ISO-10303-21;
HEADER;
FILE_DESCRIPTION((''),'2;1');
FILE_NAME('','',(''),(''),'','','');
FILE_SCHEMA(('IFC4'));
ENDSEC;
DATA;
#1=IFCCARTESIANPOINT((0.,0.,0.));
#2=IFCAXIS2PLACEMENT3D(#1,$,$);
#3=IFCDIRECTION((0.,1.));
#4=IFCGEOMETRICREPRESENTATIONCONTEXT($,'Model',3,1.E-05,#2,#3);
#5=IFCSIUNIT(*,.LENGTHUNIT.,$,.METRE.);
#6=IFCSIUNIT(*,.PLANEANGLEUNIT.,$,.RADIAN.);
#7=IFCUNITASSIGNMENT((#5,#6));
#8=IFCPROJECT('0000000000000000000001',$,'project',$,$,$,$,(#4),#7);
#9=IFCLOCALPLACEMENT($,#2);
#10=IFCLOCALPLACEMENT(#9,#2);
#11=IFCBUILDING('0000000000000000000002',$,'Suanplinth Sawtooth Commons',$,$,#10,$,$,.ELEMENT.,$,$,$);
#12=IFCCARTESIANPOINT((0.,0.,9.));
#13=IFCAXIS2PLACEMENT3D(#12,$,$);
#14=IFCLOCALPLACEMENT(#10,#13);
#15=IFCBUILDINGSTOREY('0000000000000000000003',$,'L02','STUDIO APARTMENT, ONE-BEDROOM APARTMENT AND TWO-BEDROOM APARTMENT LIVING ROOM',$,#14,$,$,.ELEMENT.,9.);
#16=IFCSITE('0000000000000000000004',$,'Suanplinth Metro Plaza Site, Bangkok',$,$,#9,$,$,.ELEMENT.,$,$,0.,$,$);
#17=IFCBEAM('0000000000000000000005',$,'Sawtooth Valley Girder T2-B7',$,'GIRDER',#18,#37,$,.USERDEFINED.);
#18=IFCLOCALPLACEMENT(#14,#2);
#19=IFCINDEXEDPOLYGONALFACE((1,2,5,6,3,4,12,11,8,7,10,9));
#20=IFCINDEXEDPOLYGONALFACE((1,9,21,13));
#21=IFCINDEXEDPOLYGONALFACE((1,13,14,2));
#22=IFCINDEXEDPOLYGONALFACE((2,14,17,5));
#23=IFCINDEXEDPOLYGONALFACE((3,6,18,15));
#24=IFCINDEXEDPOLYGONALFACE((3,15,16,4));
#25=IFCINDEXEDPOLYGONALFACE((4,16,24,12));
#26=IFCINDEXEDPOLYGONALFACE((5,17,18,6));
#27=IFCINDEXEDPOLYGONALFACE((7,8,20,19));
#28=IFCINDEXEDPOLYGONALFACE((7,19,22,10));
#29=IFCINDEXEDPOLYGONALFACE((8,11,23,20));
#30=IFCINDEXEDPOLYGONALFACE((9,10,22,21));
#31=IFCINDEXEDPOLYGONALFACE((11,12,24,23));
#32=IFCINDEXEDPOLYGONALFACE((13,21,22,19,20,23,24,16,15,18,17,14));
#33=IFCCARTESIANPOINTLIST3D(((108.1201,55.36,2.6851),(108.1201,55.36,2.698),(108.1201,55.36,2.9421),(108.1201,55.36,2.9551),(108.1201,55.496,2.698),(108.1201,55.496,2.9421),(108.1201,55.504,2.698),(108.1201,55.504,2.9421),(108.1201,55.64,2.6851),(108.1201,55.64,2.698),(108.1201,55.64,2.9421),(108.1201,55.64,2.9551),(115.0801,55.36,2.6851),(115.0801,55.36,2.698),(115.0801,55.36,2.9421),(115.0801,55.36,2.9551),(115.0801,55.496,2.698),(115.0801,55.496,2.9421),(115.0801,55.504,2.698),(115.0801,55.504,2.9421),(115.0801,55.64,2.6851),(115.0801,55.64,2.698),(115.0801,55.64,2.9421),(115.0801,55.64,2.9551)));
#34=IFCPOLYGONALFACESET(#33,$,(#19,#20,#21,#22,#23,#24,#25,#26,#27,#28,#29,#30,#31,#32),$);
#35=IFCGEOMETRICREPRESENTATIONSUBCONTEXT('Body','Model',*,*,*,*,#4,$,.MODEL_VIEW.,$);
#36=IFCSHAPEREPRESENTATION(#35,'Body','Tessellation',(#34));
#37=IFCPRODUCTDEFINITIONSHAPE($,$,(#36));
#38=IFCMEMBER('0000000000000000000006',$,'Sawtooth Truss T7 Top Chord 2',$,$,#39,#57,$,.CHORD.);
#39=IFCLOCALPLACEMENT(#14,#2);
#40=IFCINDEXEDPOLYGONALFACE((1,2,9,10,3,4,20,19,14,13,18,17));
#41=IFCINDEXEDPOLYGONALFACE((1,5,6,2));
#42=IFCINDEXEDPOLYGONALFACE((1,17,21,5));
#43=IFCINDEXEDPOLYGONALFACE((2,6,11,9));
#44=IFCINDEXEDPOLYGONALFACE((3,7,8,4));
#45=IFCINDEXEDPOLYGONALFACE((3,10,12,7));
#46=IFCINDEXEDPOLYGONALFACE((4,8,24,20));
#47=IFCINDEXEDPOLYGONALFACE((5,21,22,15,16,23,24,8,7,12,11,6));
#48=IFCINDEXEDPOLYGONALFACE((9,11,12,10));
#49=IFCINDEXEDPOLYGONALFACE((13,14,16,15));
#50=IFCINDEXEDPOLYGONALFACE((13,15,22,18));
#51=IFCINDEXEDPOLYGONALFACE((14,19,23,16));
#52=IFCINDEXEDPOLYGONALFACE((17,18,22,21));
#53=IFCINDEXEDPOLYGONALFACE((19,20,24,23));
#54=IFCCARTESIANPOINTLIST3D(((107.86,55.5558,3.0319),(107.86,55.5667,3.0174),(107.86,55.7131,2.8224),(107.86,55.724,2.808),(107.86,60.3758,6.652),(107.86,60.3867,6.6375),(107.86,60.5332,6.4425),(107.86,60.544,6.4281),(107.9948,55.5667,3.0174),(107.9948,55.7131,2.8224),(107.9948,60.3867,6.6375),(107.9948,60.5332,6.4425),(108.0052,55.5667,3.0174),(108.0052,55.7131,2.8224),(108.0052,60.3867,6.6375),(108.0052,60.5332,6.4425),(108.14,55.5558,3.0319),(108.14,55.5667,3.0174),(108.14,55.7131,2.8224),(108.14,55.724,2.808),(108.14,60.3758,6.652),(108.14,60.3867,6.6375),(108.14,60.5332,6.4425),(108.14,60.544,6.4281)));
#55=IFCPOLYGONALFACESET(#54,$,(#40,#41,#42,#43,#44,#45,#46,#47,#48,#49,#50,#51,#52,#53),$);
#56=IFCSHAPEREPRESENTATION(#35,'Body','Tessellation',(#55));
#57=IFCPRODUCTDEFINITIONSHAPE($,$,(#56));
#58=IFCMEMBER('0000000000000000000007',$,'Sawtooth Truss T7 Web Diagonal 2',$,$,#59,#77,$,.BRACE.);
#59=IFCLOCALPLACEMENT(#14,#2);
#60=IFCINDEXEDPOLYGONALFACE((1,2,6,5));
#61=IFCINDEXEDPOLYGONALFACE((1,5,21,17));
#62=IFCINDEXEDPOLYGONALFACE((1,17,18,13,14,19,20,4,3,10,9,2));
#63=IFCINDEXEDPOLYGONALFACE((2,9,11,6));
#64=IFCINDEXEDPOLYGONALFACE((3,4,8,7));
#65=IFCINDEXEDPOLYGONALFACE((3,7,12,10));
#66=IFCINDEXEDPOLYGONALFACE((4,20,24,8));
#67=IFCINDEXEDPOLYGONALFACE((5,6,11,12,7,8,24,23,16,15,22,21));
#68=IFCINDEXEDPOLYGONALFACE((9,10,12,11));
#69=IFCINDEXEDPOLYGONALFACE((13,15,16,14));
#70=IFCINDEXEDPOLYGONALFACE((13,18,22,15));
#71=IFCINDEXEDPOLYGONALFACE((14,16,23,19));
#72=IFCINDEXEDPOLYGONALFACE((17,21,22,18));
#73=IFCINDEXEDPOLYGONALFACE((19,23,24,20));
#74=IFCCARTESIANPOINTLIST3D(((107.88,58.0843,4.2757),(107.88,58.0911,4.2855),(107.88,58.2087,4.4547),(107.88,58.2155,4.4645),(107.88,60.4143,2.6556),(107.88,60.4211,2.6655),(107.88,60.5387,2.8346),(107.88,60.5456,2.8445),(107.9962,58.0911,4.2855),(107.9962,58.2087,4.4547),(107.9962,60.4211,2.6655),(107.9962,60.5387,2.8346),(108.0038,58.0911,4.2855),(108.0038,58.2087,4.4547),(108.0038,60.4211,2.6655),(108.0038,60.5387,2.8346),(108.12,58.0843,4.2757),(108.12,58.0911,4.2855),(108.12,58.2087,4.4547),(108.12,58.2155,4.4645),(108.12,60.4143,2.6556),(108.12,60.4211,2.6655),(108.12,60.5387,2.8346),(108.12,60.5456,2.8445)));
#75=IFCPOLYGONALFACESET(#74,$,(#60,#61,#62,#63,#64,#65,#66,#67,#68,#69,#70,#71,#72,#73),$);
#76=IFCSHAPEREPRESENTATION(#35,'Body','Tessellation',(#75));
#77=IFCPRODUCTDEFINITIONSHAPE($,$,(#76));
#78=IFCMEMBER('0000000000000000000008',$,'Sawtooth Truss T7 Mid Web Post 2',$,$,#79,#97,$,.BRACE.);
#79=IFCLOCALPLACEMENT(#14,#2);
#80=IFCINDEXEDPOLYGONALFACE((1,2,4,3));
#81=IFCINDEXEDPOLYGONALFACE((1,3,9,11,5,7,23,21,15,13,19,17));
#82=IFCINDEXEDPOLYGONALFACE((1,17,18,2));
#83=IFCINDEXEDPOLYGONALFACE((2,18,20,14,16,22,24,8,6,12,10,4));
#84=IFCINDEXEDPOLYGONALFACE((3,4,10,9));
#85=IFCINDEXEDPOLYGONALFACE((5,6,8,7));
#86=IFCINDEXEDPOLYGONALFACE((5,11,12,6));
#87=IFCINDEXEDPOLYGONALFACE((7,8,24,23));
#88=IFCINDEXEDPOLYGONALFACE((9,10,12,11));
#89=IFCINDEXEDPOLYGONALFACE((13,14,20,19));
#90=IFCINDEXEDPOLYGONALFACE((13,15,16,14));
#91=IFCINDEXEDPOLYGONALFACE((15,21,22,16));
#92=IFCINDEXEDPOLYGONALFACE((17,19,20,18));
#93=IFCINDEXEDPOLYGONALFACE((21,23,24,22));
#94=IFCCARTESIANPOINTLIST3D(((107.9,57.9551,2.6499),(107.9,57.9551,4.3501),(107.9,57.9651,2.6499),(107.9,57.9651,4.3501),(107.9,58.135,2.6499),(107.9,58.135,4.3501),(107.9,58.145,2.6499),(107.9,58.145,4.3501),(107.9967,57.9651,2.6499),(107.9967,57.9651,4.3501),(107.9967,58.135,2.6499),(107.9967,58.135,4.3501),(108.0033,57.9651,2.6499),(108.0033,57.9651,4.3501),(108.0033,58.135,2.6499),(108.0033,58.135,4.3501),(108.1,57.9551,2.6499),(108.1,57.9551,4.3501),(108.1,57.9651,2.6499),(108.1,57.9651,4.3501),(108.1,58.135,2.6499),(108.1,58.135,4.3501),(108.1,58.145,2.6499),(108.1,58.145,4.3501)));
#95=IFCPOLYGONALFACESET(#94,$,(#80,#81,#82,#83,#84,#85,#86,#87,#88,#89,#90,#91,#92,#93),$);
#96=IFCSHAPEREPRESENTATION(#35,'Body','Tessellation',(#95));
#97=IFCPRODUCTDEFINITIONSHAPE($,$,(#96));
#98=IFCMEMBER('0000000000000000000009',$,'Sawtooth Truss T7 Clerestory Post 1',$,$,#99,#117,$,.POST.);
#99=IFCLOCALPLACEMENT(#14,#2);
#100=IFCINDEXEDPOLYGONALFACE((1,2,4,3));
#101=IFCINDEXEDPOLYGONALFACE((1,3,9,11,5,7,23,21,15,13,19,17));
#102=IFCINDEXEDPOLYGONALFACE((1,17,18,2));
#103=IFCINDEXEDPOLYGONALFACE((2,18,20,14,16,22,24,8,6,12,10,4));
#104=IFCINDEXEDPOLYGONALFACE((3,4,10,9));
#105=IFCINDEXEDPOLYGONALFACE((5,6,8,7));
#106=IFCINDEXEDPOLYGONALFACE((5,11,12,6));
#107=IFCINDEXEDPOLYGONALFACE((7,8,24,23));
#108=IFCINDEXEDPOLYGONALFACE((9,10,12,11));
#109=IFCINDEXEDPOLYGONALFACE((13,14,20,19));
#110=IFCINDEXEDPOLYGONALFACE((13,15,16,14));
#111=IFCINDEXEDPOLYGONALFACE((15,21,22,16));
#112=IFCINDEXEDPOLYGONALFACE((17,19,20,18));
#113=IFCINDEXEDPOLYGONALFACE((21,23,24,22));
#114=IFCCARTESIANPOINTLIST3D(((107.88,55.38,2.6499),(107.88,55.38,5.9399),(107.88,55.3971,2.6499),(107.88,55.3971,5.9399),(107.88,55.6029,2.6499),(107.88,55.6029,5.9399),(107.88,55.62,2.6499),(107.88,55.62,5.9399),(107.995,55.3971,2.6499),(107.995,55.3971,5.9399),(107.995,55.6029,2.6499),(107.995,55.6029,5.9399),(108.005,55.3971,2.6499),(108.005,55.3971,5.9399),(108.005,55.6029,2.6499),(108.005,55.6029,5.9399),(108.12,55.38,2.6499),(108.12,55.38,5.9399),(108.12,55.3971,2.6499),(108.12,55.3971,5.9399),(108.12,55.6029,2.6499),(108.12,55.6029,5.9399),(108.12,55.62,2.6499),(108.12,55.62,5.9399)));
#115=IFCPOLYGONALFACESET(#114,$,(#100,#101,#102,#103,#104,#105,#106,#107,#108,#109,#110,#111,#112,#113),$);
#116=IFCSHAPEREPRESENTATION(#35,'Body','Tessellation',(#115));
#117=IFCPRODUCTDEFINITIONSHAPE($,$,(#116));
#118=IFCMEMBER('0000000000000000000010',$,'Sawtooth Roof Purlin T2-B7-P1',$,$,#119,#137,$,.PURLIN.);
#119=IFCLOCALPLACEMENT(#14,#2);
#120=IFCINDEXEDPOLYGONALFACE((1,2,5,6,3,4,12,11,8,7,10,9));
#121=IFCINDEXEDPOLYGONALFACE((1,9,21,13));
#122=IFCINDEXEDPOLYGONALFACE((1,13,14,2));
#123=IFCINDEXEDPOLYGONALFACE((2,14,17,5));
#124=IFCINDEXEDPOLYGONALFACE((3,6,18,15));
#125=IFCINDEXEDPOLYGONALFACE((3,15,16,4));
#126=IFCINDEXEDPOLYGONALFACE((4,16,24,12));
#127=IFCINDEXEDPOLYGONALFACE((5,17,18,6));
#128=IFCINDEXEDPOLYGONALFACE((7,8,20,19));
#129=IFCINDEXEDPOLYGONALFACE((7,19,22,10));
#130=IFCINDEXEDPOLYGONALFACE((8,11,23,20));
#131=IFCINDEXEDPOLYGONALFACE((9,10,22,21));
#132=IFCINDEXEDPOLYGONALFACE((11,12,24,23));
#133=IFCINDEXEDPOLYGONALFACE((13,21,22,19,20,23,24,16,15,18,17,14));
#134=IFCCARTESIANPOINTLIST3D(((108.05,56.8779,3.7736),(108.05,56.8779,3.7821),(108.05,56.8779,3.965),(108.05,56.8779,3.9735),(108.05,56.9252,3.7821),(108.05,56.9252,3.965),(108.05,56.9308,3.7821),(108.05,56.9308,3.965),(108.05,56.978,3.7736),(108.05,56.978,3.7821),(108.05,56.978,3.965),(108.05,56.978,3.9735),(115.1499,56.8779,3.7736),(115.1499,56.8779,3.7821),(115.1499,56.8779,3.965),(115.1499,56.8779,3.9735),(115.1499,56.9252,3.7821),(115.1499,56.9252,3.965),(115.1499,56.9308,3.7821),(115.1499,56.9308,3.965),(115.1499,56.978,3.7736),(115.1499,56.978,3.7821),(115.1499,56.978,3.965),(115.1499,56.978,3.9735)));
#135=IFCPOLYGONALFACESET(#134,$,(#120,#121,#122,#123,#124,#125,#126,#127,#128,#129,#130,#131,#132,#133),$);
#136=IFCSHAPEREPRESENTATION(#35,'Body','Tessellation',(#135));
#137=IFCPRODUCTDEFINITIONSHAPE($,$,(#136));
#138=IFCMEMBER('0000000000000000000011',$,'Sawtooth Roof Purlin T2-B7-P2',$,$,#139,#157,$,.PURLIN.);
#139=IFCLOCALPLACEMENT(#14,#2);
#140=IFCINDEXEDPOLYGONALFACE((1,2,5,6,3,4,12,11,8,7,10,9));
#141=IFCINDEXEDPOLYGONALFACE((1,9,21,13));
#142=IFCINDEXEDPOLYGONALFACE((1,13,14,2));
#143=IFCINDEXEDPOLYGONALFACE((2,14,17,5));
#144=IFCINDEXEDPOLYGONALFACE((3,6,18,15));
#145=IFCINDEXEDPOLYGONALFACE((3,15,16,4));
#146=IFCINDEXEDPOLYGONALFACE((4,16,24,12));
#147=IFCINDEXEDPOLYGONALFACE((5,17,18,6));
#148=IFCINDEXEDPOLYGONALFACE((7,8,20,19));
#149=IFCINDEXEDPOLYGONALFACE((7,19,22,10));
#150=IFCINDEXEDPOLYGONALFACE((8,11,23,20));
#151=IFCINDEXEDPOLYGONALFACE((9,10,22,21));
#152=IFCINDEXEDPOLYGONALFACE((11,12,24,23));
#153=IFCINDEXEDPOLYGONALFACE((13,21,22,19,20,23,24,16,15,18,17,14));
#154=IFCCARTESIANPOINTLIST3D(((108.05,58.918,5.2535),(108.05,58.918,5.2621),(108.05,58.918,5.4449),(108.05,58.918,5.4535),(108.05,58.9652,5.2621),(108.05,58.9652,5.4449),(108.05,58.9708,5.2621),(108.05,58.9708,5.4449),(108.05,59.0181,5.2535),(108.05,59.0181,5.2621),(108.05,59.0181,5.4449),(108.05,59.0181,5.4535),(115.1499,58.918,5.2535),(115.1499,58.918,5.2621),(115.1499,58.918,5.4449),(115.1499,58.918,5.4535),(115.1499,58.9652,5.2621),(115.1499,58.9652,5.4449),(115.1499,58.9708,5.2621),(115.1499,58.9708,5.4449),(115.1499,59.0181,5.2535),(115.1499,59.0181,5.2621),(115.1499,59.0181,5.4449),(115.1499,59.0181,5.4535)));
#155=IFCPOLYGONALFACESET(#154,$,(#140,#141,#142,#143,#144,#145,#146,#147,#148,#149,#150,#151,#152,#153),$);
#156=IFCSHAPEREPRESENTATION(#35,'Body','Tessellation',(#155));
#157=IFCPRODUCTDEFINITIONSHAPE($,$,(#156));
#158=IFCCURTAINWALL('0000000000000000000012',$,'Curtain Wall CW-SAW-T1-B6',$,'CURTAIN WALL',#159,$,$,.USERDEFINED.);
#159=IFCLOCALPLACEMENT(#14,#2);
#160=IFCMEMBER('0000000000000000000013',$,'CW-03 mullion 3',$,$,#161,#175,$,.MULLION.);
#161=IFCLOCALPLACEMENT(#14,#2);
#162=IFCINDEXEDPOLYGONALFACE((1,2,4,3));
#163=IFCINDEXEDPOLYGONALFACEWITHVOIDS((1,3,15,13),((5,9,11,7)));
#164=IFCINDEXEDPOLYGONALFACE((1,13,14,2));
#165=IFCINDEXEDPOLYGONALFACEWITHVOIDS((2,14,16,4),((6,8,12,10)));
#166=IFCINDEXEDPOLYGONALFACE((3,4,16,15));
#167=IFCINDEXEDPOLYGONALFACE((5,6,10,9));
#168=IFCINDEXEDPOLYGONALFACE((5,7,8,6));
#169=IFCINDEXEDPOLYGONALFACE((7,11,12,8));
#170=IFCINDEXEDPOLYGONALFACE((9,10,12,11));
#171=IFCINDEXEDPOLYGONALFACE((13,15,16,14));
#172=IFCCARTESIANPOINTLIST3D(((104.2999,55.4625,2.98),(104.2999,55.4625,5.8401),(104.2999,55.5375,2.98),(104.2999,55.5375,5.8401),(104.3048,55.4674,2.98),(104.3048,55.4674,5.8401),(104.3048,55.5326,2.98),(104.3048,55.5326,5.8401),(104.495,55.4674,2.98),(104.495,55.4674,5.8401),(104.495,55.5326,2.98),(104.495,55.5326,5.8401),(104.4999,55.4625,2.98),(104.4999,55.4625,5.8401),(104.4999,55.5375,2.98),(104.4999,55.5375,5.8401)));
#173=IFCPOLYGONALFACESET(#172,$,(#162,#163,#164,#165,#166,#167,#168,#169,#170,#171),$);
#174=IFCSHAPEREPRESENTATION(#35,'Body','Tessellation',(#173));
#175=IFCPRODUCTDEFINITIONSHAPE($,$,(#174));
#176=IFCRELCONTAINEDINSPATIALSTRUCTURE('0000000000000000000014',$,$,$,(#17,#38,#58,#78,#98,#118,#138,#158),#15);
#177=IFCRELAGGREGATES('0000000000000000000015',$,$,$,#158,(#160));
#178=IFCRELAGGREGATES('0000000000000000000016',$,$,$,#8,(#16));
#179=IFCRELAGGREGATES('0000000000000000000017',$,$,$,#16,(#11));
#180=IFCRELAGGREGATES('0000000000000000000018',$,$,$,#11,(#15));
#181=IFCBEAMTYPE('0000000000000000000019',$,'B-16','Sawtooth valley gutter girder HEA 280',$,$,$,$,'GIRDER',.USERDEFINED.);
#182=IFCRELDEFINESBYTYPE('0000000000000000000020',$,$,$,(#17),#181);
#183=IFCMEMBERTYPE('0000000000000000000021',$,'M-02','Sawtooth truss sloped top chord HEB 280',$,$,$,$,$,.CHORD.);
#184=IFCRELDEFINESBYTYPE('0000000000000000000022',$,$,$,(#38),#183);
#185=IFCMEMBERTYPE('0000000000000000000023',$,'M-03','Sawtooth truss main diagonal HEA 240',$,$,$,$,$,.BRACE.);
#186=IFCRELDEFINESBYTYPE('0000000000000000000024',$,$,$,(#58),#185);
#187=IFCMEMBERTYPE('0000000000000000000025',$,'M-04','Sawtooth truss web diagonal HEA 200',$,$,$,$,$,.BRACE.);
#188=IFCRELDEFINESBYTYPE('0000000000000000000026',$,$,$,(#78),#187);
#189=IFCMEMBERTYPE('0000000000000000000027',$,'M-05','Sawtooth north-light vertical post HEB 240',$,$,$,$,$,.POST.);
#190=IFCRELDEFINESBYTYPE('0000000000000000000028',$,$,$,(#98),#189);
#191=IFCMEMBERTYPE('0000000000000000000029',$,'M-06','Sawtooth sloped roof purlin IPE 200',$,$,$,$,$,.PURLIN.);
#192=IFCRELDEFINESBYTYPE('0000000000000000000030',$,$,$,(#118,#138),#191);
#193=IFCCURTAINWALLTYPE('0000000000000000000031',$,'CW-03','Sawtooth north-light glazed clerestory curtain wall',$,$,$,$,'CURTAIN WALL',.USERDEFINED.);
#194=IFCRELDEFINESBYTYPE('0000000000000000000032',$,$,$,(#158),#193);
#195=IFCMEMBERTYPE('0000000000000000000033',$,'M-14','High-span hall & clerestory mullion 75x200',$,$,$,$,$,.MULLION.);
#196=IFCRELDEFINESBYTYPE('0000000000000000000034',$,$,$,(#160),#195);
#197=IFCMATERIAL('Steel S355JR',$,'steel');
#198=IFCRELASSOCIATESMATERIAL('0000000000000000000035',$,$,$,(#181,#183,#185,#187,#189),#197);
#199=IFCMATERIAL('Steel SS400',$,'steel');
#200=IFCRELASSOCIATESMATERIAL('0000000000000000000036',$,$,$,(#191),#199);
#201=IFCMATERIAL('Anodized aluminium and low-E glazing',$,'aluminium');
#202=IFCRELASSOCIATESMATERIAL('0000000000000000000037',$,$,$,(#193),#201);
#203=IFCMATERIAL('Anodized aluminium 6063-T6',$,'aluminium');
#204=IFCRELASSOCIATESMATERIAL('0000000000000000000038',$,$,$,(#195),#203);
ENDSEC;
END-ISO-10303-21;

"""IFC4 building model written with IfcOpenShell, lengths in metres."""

from ifc_helpers import new_model, si_unit, direction, frame, origin, origin_2d, place, context, subcontext, project, spatial, hollow_rectangle, i_section, extrude, material, material_profile, profile_set, type_object, element, aggregate, save


model = new_model("IFC4")

# Units and contexts
model_context = context("Model", 3, precision=1e-05, world=origin(), true_north=direction((0.0, 1.0)))
body_context = subcontext(model_context, "Body", "Model", "MODEL_VIEW")
ifc_project = project(units=[si_unit("LENGTHUNIT", "METRE"), si_unit("PLANEANGLEUNIT", "RADIAN")], contexts=[model_context])

# Site, building, storey
site_placement = place(None, origin())
site = spatial("IfcSite", under=ifc_project, at=site_placement, Name="Suanplinth Metro Plaza Site, Bangkok", CompositionType="ELEMENT", RefElevation=0.0)
building_placement = place(site_placement, origin())
building = spatial("IfcBuilding", under=site, at=building_placement, Name="Suanplinth Sawtooth Commons", CompositionType="ELEMENT")
storey_placement = place(building_placement, frame((0.0, 0.0, 9.0)))
storey = spatial("IfcBuildingStorey", under=building, at=storey_placement, Name="L02", Description="STUDIO APARTMENT, ONE-BEDROOM APARTMENT AND TWO-BEDROOM APARTMENT LIVING ROOM", CompositionType="ELEMENT", Elevation=9.0)

# Beam
ifc_material_1 = material(Name="Steel S355JR", Category="steel")
ifc_material_profile_1 = material_profile(ifc_material_1, i_section(OverallWidth=0.28, OverallDepth=0.27, WebThickness=0.0081, FlangeThickness=0.0129, at=origin_2d()), Name="HEA 280")
ifc_profile_set_1 = profile_set([ifc_material_profile_1], Name="Steel S355JR")
beam_type = type_object("IfcBeamType", Name="B-16", Description="Sawtooth valley gutter girder HEA 280", ElementType="GIRDER", PredefinedType="USERDEFINED", material=ifc_profile_set_1)
beam_placement = place(storey_placement, frame((108.1201, 55.5, 2.8201), z_axis=(1.0, 0.0, 0.0), x_axis=(0.0, 1.0, 0.0)))
element("IfcBeam", 1, at=beam_placement, inside=storey, type_object=beam_type, Name="Sawtooth Valley Girder T2-B7", ObjectType="GIRDER", PredefinedType="USERDEFINED", context=body_context, shape_type="SweptSolid", body=[
    extrude(i_section(OverallWidth=0.28, OverallDepth=0.27, WebThickness=0.0081, FlangeThickness=0.0129, at=origin_2d()), origin(), (0.0, 0.0, 1.0), 6.96),
])

# Members
ifc_material_profile_2 = material_profile(ifc_material_1, i_section(OverallWidth=0.28, OverallDepth=0.28, WebThickness=0.0105, FlangeThickness=0.0181, at=origin_2d()), Name="HEB 280")
ifc_profile_set_2 = profile_set([ifc_material_profile_2], Name="Steel S355JR")
member_type_1 = type_object("IfcMemberType", Name="M-02", Description="Sawtooth truss sloped top chord HEB 280", PredefinedType="CHORD", material=ifc_profile_set_2)
member_1_placement = place(storey_placement, frame((108.0, 55.6399, 2.9199), z_axis=(0.0, 0.799596, 0.600538), x_axis=(-1.0, 0.0, 0.0)))
element("IfcMember", 2, at=member_1_placement, inside=storey, type_object=member_type_1, Name="Sawtooth Truss T7 Top Chord 2", PredefinedType="CHORD", context=body_context, shape_type="SweptSolid", body=[
    extrude(i_section(OverallWidth=0.28, OverallDepth=0.28, WebThickness=0.0105, FlangeThickness=0.0181, at=origin_2d()), origin(), (0.0, 0.0, 1.0), 6.0281),
])
ifc_material_profile_3 = material_profile(ifc_material_1, i_section(OverallWidth=0.24, OverallDepth=0.23, WebThickness=0.0076, FlangeThickness=0.012, at=origin_2d()), Name="HEA 240")
ifc_profile_set_3 = profile_set([ifc_material_profile_3], Name="Steel S355JR")
member_type_2 = type_object("IfcMemberType", Name="M-03", Description="Sawtooth truss main diagonal HEA 240", PredefinedType="BRACE", material=ifc_profile_set_3)
member_2_placement = place(storey_placement, frame((108.0, 58.1499, 4.3701), z_axis=(0.0, 0.821038, -0.570873), x_axis=(-1.0, 0.0, 0.0)))
element("IfcMember", 3, at=member_2_placement, inside=storey, type_object=member_type_2, Name="Sawtooth Truss T7 Web Diagonal 2", PredefinedType="BRACE", context=body_context, shape_type="SweptSolid", body=[
    extrude(i_section(OverallWidth=0.24, OverallDepth=0.23, WebThickness=0.0076, FlangeThickness=0.012, at=origin_2d()), origin(), (0.0, 0.0, 1.0), 2.8379),
])
ifc_material_profile_4 = material_profile(ifc_material_1, i_section(OverallWidth=0.2, OverallDepth=0.1899, WebThickness=0.0066, FlangeThickness=0.01, at=origin_2d()), Name="HEA 200")
ifc_profile_set_4 = profile_set([ifc_material_profile_4], Name="Steel S355JR")
member_type_3 = type_object("IfcMemberType", Name="M-04", Description="Sawtooth truss web diagonal HEA 200", PredefinedType="BRACE", material=ifc_profile_set_4)
member_3_placement = place(storey_placement, frame((108.0, 58.05, 2.6499), z_axis=(0.0, 0.0, 1.0), x_axis=(1.0, 0.0, 0.0)))
element("IfcMember", 4, at=member_3_placement, inside=storey, type_object=member_type_3, Name="Sawtooth Truss T7 Mid Web Post 2", PredefinedType="BRACE", context=body_context, shape_type="SweptSolid", body=[
    extrude(i_section(OverallWidth=0.2, OverallDepth=0.1899, WebThickness=0.0066, FlangeThickness=0.01, at=origin_2d()), origin(), (0.0, 0.0, 1.0), 1.7002),
])
ifc_material_profile_5 = material_profile(ifc_material_1, i_section(OverallWidth=0.24, OverallDepth=0.24, WebThickness=0.01, FlangeThickness=0.0171, at=origin_2d()), Name="HEB 240")
ifc_profile_set_5 = profile_set([ifc_material_profile_5], Name="Steel S355JR")
member_type_4 = type_object("IfcMemberType", Name="M-05", Description="Sawtooth north-light vertical post HEB 240", PredefinedType="POST", material=ifc_profile_set_5)
member_4_placement = place(storey_placement, frame((108.0, 55.5, 2.6499), z_axis=(0.0, 0.0, 1.0), x_axis=(1.0, 0.0, 0.0)))
element("IfcMember", 5, at=member_4_placement, inside=storey, type_object=member_type_4, Name="Sawtooth Truss T7 Clerestory Post 1", PredefinedType="POST", context=body_context, shape_type="SweptSolid", body=[
    extrude(i_section(OverallWidth=0.24, OverallDepth=0.24, WebThickness=0.01, FlangeThickness=0.0171, at=origin_2d()), origin(), (0.0, 0.0, 1.0), 3.29),
])
ifc_material_2 = material(Name="Steel SS400", Category="steel")
ifc_material_profile_6 = material_profile(ifc_material_2, i_section(OverallWidth=0.1001, OverallDepth=0.2, WebThickness=0.0056, FlangeThickness=0.0085, at=origin_2d()), Name="IPE 200")
ifc_profile_set_6 = profile_set([ifc_material_profile_6], Name="Steel SS400")
member_type_5 = type_object("IfcMemberType", Name="M-06", Description="Sawtooth sloped roof purlin IPE 200", PredefinedType="PURLIN", material=ifc_profile_set_6)
for number, where, z_axis, x_axis, name in (
    (6, (108.05, 56.928, 3.8735), (1.0, 0.0, 0.0), (0.0, 1.0, 0.0), "Sawtooth Roof Purlin T2-B7-P1"),
    (7, (108.05, 58.968, 5.3535), (1.0, 0.0, 0.0), (0.0, 1.0, 0.0), "Sawtooth Roof Purlin T2-B7-P2"),
):
    element("IfcMember", number, at=place(storey_placement, frame(where, z_axis=z_axis, x_axis=x_axis)), inside=storey, type_object=member_type_5, Name=name, PredefinedType="PURLIN", context=body_context, shape_type="SweptSolid", body=[
        extrude(i_section(OverallWidth=0.1001, OverallDepth=0.2, WebThickness=0.0056, FlangeThickness=0.0085, at=origin_2d()), origin(), (0.0, 0.0, 1.0), 7.0999),
    ])

# Curtain wall, member
ifc_material_3 = material(Name="Anodized aluminium and low-E glazing", Category="aluminium")
curtain_wall_type = type_object("IfcCurtainWallType", Name="CW-03", Description="Sawtooth north-light glazed clerestory curtain wall", ElementType="CURTAIN WALL", PredefinedType="USERDEFINED", material=ifc_material_3)
curtain_wall_1_placement = place(storey_placement, origin())
curtain_wall_1 = element("IfcCurtainWall", 8, at=curtain_wall_1_placement, inside=storey, type_object=curtain_wall_type, Name="Curtain Wall CW-SAW-T1-B6", ObjectType="CURTAIN WALL", PredefinedType="USERDEFINED")
ifc_material_4 = material(Name="Anodized aluminium 6063-T6", Category="aluminium")
ifc_material_profile_7 = material_profile(ifc_material_4, hollow_rectangle(XDim=0.075, YDim=0.2, WallThickness=0.0049, at=origin_2d()), Name="ALU-MUL 75x200")
ifc_profile_set_7 = profile_set([ifc_material_profile_7], Name="Anodized aluminium 6063-T6")
member_type_6 = type_object("IfcMemberType", Name="M-14", Description="High-span hall & clerestory mullion 75x200", PredefinedType="MULLION", material=ifc_profile_set_7)
member_5_placement = place(storey_placement, frame((104.3999, 55.5, 2.98), z_axis=(0.0, 0.0, 1.0), x_axis=(0.0, 1.0, 0.0)))
member_5 = element("IfcMember", 9, at=member_5_placement, type_object=member_type_6, Name="CW-03 mullion 3", PredefinedType="MULLION", context=body_context, shape_type="SweptSolid", body=[
    extrude(hollow_rectangle(XDim=0.075, YDim=0.2, WallThickness=0.0049, at=origin_2d()), origin(), (0.0, 0.0, 1.0), 2.8601),
])

aggregate(curtain_wall_1, [member_5])

save(model, "model.ifc")
